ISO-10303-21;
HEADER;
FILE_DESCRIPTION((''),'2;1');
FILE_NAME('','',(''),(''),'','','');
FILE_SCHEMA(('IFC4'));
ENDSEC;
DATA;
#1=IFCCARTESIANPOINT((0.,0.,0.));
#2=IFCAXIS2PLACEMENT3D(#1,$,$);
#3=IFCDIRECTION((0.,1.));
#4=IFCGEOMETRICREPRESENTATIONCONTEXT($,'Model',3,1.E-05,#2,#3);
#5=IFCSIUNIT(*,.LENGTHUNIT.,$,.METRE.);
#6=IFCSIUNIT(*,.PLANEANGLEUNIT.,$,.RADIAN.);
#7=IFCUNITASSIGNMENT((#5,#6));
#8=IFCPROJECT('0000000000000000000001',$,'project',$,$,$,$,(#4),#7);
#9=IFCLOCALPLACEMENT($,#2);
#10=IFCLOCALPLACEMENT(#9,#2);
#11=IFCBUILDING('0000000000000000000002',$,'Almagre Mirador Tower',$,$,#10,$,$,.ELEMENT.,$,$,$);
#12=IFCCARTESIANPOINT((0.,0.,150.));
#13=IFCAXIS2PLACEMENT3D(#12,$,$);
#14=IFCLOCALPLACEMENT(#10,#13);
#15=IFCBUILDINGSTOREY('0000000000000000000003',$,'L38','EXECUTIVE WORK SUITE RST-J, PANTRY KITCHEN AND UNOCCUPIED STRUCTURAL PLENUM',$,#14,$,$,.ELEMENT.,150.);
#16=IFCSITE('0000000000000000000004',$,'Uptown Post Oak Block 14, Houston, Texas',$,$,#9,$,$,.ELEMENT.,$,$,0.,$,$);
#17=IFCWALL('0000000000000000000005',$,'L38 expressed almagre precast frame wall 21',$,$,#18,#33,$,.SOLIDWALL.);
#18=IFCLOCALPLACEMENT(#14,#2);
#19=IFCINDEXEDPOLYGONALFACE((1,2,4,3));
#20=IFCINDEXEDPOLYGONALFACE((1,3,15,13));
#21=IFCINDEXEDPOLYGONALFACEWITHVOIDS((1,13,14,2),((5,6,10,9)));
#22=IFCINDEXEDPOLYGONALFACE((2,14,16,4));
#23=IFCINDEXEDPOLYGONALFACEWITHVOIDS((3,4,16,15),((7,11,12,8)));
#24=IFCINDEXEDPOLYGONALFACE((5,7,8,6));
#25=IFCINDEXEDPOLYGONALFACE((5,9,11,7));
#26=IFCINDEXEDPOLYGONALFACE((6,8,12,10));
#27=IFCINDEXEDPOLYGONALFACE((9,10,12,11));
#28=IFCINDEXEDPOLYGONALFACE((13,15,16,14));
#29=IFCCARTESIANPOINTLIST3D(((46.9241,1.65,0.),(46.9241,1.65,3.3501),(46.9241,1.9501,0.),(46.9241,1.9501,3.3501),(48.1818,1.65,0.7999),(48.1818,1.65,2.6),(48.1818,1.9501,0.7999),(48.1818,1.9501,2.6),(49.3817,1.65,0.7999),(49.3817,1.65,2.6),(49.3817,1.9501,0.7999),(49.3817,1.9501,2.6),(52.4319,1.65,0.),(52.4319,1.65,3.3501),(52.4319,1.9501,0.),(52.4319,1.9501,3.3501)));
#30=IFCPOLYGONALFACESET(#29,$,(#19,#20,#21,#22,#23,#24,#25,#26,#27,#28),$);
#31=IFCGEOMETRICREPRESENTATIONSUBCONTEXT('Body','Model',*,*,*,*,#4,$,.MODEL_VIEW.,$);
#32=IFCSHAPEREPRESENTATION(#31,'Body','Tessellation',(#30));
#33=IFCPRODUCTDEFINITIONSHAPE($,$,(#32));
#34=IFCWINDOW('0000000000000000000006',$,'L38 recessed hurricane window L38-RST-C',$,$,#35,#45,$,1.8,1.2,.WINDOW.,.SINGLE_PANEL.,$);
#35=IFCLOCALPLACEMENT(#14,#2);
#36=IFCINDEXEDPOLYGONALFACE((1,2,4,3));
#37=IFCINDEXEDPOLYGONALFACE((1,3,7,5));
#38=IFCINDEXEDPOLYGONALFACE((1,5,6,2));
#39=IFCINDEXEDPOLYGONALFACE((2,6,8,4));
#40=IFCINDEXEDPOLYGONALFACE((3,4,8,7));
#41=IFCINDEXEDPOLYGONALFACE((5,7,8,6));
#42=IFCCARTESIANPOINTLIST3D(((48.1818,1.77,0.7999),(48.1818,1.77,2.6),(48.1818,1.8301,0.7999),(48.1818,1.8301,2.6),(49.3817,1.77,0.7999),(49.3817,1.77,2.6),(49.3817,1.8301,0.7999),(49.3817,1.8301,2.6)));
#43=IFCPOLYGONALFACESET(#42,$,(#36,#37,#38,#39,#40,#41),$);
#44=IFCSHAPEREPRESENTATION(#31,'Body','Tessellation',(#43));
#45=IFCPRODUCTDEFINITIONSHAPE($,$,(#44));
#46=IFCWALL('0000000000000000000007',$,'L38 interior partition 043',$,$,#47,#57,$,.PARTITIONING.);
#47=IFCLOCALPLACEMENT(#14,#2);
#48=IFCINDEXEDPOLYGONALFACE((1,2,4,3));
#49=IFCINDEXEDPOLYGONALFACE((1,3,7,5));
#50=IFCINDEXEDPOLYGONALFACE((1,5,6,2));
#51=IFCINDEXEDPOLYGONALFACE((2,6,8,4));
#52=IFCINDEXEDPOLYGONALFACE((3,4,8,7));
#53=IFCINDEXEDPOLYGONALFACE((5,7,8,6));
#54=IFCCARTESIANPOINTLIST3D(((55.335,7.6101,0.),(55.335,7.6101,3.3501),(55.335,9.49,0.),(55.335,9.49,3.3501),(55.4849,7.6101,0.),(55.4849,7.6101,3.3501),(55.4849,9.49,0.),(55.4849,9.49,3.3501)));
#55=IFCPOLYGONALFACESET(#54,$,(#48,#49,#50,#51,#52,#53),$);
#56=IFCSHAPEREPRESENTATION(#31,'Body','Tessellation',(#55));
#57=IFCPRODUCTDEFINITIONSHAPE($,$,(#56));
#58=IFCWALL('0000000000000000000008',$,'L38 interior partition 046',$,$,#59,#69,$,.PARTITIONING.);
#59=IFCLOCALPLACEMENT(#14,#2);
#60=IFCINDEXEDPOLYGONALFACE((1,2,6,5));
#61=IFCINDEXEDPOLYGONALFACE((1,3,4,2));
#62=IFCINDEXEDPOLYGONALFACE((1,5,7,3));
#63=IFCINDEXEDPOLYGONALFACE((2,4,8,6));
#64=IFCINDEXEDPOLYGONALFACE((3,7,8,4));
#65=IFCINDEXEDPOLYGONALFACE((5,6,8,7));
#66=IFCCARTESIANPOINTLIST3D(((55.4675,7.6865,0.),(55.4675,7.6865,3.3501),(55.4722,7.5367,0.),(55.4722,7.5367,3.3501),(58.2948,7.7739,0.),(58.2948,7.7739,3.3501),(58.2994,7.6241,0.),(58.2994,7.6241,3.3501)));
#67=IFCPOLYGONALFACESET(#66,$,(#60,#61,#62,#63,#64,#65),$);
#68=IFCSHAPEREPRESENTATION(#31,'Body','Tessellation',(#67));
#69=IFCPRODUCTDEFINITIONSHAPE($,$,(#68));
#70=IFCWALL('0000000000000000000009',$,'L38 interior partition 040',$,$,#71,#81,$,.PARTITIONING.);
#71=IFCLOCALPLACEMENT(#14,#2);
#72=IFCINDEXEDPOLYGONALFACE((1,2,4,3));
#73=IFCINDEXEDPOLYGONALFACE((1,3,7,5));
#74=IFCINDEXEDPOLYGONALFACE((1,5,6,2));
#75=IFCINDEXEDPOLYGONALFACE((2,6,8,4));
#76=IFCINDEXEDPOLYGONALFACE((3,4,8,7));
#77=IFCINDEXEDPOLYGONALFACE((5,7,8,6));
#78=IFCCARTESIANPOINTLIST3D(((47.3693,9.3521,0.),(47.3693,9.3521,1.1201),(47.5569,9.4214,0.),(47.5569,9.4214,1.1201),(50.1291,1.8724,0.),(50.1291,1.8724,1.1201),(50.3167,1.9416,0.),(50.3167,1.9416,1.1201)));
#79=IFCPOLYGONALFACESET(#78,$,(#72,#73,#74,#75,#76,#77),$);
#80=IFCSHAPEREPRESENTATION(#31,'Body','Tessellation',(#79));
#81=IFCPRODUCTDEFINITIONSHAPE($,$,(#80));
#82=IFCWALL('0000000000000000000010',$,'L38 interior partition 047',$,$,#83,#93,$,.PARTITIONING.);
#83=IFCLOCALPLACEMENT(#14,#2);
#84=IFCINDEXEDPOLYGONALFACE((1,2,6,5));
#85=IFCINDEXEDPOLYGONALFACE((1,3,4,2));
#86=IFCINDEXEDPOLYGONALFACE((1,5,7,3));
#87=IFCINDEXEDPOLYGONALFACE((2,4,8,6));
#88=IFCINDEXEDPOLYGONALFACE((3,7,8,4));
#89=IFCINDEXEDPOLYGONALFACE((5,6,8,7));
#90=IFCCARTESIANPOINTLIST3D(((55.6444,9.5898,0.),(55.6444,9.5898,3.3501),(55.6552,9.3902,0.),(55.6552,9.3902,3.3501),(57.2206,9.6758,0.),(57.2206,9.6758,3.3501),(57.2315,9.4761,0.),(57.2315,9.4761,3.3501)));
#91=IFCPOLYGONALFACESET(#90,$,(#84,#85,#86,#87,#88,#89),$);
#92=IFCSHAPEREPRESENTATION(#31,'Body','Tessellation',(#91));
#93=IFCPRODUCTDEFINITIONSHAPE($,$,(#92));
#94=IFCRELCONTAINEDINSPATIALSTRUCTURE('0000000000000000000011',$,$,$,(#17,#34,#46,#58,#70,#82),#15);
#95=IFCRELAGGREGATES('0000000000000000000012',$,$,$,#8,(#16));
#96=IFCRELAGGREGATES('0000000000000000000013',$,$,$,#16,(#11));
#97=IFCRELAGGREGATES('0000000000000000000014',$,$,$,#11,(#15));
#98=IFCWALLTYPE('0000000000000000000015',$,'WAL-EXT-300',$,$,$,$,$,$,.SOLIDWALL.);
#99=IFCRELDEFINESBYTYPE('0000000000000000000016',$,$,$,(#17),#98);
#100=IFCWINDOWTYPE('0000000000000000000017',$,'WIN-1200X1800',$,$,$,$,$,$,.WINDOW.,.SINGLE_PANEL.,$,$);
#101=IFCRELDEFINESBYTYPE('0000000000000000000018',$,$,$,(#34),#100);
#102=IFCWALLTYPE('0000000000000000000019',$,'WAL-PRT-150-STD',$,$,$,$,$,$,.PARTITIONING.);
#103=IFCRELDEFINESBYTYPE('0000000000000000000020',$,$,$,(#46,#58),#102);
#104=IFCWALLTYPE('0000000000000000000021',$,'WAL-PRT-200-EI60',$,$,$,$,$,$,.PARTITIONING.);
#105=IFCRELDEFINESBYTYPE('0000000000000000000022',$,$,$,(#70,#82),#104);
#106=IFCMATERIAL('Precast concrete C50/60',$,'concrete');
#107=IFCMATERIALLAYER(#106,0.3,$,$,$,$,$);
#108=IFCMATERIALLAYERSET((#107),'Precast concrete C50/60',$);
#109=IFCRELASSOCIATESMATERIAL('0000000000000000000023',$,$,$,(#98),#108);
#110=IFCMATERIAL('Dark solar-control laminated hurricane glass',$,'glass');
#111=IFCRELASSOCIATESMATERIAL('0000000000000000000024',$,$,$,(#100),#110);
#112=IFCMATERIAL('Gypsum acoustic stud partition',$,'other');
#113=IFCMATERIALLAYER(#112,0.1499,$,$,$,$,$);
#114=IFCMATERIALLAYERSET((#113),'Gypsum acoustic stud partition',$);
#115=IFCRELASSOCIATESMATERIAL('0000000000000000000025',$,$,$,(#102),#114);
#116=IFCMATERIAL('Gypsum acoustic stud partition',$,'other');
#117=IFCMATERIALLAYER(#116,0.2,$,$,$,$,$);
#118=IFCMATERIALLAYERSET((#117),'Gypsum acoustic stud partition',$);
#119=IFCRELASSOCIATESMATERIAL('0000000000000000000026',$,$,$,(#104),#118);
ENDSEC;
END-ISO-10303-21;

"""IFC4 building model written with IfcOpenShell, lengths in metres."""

from ifc_helpers import new_model, si_unit, direction, frame, frame_2d, origin, place, context, subcontext, project, spatial, rectangle, extrude, material, layer, layer_set, type_object, element, fill, save


model = new_model("IFC4")

# Units and contexts
model_context = context("Model", 3, precision=1e-05, world=origin(), true_north=direction((0.0, 1.0)))
body_context = subcontext(model_context, "Body", "Model", "MODEL_VIEW")
ifc_project = project(units=[si_unit("LENGTHUNIT", "METRE"), si_unit("PLANEANGLEUNIT", "RADIAN")], contexts=[model_context])

# Site, building, storey
site_placement = place(None, origin())
site = spatial("IfcSite", under=ifc_project, at=site_placement, Name="Uptown Post Oak Block 14, Houston, Texas", CompositionType="ELEMENT", RefElevation=0.0)
building_placement = place(site_placement, origin())
building = spatial("IfcBuilding", under=site, at=building_placement, Name="Almagre Mirador Tower", CompositionType="ELEMENT")
storey_placement = place(building_placement, frame((0.0, 0.0, 150.0)))
storey = spatial("IfcBuildingStorey", under=building, at=storey_placement, Name="L38", Description="EXECUTIVE WORK SUITE RST-J, PANTRY KITCHEN AND UNOCCUPIED STRUCTURAL PLENUM", CompositionType="ELEMENT", Elevation=150.0)

# Shared definitions
ifc_material_1 = material(Name="Precast concrete C50/60", Category="concrete")
ifc_layer_1 = layer(ifc_material_1, 0.3)
ifc_layer_set_1 = layer_set([ifc_layer_1], Name="Precast concrete C50/60")
wall_type_1 = type_object("IfcWallType", Name="WAL-EXT-300", PredefinedType="SOLIDWALL", material=ifc_layer_set_1)

# Shared definitions
ifc_material_2 = material(Name="Dark solar-control laminated hurricane glass", Category="glass")
window_type_1 = type_object("IfcWindowType", Name="WIN-1200X1800", PartitioningType="SINGLE_PANEL", PredefinedType="WINDOW", material=ifc_material_2)

# Wall, opening, window
wall_1_placement = place(storey_placement, frame((52.4319, 1.8, 0.0), z_axis=(0.0, 0.0, 1.0), x_axis=(-1.0, 0.0, 0.0)))
wall_1 = element("IfcWall", 1, at=wall_1_placement, inside=storey, type_object=wall_type_1, Name="L38 expressed almagre precast frame wall 21", PredefinedType="SOLIDWALL", context=body_context, shape_type="SweptSolid", body=[
    extrude(rectangle(XDim=5.5078, YDim=0.3, at=frame_2d((2.7539, 0.0))), origin(), (0.0, 0.0, 1.0), 3.3501),
])
opening_1_placement = place(wall_1_placement, frame((3.05, 0.0, 0.8)))
opening_1 = element("IfcOpeningElement", 2, at=opening_1_placement, cuts=wall_1, PredefinedType="OPENING", context=body_context, shape_type="SweptSolid", body=[
    extrude(rectangle(XDim=1.2, YDim=1.8, at=frame_2d((0.6001, 0.8999))), frame((0.0, 0.1599, 0.0), z_axis=(0.0, -1.0, 0.0), x_axis=(1.0, 0.0, 0.0)), (0.0, 0.0, 1.0), 0.32),
])
window_1_placement = place(opening_1_placement, origin())
window_1 = element("IfcWindow", 3, at=window_1_placement, inside=storey, type_object=window_type_1, Name="L38 recessed hurricane window L38-RST-C", OverallHeight=1.8, OverallWidth=1.2, PartitioningType="SINGLE_PANEL", PredefinedType="WINDOW", context=body_context, shape_type="SweptSolid", body=[
    extrude(rectangle(XDim=1.2, YDim=1.8, at=frame_2d((0.6001, 0.8999))), frame((0.0, 0.03, 0.0), z_axis=(0.0, -1.0, 0.0), x_axis=(1.0, 0.0, 0.0)), (0.0, 0.0, 1.0), 0.0601),
])
fill(opening_1, window_1)

# Walls
ifc_material_3 = material(Name="Gypsum acoustic stud partition", Category="other")
ifc_layer_2 = layer(ifc_material_3, 0.1499)
ifc_layer_set_2 = layer_set([ifc_layer_2], Name="Gypsum acoustic stud partition")
wall_type_2 = type_object("IfcWallType", Name="WAL-PRT-150-STD", PredefinedType="PARTITIONING", material=ifc_layer_set_2)
wall_2_placement = place(storey_placement, frame((55.4099, 7.6101, 0.0), z_axis=(0.0, 0.0, 1.0), x_axis=(0.0, 1.0, 0.0)))
element("IfcWall", 4, at=wall_2_placement, inside=storey, type_object=wall_type_2, Name="L38 interior partition 043", PredefinedType="PARTITIONING", context=body_context, shape_type="SweptSolid", body=[
    extrude(rectangle(XDim=1.8799, YDim=0.1499, at=frame_2d((0.9399, 0.0))), origin(), (0.0, 0.0, 1.0), 3.3501),
])
wall_3_placement = place(storey_placement, frame((58.2971, 7.699, 0.0), z_axis=(0.0, 0.0, 1.0), x_axis=(-0.999522, -0.030901, 0.0)))
element("IfcWall", 5, at=wall_3_placement, inside=storey, type_object=wall_type_2, Name="L38 interior partition 046", PredefinedType="PARTITIONING", context=body_context, shape_type="SweptSolid", body=[
    extrude(rectangle(XDim=2.8286, YDim=0.1499, at=frame_2d((1.4143, 0.0))), origin(), (0.0, 0.0, 1.0), 3.3501),
])
ifc_material_4 = material(Name="Gypsum acoustic stud partition", Category="other")
ifc_layer_3 = layer(ifc_material_4, 0.2)
ifc_layer_set_3 = layer_set([ifc_layer_3], Name="Gypsum acoustic stud partition")
wall_type_3 = type_object("IfcWallType", Name="WAL-PRT-200-EI60", PredefinedType="PARTITIONING", material=ifc_layer_set_3)
wall_4_placement = place(storey_placement, frame((50.2229, 1.907, 0.0), z_axis=(0.0, 0.0, 1.0), x_axis=(-0.346155, 0.938177, 0.0)))
element("IfcWall", 6, at=wall_4_placement, inside=storey, type_object=wall_type_3, Name="L38 interior partition 040", PredefinedType="PARTITIONING", context=body_context, shape_type="SweptSolid", body=[
    extrude(rectangle(XDim=7.9727, YDim=0.2, at=frame_2d((3.9863, 0.0))), origin(), (0.0, 0.0, 1.0), 1.1201),
])
wall_5_placement = place(storey_placement, frame((57.2261, 9.5759, 0.0), z_axis=(0.0, 0.0, 1.0), x_axis=(-0.998517, -0.054442, 0.0)))
element("IfcWall", 7, at=wall_5_placement, inside=storey, type_object=wall_type_3, Name="L38 interior partition 047", PredefinedType="PARTITIONING", context=body_context, shape_type="SweptSolid", body=[
    extrude(rectangle(XDim=1.5786, YDim=0.2, at=frame_2d((0.7893, 0.0))), origin(), (0.0, 0.0, 1.0), 3.3501),
])

save(model, "model.ifc")
